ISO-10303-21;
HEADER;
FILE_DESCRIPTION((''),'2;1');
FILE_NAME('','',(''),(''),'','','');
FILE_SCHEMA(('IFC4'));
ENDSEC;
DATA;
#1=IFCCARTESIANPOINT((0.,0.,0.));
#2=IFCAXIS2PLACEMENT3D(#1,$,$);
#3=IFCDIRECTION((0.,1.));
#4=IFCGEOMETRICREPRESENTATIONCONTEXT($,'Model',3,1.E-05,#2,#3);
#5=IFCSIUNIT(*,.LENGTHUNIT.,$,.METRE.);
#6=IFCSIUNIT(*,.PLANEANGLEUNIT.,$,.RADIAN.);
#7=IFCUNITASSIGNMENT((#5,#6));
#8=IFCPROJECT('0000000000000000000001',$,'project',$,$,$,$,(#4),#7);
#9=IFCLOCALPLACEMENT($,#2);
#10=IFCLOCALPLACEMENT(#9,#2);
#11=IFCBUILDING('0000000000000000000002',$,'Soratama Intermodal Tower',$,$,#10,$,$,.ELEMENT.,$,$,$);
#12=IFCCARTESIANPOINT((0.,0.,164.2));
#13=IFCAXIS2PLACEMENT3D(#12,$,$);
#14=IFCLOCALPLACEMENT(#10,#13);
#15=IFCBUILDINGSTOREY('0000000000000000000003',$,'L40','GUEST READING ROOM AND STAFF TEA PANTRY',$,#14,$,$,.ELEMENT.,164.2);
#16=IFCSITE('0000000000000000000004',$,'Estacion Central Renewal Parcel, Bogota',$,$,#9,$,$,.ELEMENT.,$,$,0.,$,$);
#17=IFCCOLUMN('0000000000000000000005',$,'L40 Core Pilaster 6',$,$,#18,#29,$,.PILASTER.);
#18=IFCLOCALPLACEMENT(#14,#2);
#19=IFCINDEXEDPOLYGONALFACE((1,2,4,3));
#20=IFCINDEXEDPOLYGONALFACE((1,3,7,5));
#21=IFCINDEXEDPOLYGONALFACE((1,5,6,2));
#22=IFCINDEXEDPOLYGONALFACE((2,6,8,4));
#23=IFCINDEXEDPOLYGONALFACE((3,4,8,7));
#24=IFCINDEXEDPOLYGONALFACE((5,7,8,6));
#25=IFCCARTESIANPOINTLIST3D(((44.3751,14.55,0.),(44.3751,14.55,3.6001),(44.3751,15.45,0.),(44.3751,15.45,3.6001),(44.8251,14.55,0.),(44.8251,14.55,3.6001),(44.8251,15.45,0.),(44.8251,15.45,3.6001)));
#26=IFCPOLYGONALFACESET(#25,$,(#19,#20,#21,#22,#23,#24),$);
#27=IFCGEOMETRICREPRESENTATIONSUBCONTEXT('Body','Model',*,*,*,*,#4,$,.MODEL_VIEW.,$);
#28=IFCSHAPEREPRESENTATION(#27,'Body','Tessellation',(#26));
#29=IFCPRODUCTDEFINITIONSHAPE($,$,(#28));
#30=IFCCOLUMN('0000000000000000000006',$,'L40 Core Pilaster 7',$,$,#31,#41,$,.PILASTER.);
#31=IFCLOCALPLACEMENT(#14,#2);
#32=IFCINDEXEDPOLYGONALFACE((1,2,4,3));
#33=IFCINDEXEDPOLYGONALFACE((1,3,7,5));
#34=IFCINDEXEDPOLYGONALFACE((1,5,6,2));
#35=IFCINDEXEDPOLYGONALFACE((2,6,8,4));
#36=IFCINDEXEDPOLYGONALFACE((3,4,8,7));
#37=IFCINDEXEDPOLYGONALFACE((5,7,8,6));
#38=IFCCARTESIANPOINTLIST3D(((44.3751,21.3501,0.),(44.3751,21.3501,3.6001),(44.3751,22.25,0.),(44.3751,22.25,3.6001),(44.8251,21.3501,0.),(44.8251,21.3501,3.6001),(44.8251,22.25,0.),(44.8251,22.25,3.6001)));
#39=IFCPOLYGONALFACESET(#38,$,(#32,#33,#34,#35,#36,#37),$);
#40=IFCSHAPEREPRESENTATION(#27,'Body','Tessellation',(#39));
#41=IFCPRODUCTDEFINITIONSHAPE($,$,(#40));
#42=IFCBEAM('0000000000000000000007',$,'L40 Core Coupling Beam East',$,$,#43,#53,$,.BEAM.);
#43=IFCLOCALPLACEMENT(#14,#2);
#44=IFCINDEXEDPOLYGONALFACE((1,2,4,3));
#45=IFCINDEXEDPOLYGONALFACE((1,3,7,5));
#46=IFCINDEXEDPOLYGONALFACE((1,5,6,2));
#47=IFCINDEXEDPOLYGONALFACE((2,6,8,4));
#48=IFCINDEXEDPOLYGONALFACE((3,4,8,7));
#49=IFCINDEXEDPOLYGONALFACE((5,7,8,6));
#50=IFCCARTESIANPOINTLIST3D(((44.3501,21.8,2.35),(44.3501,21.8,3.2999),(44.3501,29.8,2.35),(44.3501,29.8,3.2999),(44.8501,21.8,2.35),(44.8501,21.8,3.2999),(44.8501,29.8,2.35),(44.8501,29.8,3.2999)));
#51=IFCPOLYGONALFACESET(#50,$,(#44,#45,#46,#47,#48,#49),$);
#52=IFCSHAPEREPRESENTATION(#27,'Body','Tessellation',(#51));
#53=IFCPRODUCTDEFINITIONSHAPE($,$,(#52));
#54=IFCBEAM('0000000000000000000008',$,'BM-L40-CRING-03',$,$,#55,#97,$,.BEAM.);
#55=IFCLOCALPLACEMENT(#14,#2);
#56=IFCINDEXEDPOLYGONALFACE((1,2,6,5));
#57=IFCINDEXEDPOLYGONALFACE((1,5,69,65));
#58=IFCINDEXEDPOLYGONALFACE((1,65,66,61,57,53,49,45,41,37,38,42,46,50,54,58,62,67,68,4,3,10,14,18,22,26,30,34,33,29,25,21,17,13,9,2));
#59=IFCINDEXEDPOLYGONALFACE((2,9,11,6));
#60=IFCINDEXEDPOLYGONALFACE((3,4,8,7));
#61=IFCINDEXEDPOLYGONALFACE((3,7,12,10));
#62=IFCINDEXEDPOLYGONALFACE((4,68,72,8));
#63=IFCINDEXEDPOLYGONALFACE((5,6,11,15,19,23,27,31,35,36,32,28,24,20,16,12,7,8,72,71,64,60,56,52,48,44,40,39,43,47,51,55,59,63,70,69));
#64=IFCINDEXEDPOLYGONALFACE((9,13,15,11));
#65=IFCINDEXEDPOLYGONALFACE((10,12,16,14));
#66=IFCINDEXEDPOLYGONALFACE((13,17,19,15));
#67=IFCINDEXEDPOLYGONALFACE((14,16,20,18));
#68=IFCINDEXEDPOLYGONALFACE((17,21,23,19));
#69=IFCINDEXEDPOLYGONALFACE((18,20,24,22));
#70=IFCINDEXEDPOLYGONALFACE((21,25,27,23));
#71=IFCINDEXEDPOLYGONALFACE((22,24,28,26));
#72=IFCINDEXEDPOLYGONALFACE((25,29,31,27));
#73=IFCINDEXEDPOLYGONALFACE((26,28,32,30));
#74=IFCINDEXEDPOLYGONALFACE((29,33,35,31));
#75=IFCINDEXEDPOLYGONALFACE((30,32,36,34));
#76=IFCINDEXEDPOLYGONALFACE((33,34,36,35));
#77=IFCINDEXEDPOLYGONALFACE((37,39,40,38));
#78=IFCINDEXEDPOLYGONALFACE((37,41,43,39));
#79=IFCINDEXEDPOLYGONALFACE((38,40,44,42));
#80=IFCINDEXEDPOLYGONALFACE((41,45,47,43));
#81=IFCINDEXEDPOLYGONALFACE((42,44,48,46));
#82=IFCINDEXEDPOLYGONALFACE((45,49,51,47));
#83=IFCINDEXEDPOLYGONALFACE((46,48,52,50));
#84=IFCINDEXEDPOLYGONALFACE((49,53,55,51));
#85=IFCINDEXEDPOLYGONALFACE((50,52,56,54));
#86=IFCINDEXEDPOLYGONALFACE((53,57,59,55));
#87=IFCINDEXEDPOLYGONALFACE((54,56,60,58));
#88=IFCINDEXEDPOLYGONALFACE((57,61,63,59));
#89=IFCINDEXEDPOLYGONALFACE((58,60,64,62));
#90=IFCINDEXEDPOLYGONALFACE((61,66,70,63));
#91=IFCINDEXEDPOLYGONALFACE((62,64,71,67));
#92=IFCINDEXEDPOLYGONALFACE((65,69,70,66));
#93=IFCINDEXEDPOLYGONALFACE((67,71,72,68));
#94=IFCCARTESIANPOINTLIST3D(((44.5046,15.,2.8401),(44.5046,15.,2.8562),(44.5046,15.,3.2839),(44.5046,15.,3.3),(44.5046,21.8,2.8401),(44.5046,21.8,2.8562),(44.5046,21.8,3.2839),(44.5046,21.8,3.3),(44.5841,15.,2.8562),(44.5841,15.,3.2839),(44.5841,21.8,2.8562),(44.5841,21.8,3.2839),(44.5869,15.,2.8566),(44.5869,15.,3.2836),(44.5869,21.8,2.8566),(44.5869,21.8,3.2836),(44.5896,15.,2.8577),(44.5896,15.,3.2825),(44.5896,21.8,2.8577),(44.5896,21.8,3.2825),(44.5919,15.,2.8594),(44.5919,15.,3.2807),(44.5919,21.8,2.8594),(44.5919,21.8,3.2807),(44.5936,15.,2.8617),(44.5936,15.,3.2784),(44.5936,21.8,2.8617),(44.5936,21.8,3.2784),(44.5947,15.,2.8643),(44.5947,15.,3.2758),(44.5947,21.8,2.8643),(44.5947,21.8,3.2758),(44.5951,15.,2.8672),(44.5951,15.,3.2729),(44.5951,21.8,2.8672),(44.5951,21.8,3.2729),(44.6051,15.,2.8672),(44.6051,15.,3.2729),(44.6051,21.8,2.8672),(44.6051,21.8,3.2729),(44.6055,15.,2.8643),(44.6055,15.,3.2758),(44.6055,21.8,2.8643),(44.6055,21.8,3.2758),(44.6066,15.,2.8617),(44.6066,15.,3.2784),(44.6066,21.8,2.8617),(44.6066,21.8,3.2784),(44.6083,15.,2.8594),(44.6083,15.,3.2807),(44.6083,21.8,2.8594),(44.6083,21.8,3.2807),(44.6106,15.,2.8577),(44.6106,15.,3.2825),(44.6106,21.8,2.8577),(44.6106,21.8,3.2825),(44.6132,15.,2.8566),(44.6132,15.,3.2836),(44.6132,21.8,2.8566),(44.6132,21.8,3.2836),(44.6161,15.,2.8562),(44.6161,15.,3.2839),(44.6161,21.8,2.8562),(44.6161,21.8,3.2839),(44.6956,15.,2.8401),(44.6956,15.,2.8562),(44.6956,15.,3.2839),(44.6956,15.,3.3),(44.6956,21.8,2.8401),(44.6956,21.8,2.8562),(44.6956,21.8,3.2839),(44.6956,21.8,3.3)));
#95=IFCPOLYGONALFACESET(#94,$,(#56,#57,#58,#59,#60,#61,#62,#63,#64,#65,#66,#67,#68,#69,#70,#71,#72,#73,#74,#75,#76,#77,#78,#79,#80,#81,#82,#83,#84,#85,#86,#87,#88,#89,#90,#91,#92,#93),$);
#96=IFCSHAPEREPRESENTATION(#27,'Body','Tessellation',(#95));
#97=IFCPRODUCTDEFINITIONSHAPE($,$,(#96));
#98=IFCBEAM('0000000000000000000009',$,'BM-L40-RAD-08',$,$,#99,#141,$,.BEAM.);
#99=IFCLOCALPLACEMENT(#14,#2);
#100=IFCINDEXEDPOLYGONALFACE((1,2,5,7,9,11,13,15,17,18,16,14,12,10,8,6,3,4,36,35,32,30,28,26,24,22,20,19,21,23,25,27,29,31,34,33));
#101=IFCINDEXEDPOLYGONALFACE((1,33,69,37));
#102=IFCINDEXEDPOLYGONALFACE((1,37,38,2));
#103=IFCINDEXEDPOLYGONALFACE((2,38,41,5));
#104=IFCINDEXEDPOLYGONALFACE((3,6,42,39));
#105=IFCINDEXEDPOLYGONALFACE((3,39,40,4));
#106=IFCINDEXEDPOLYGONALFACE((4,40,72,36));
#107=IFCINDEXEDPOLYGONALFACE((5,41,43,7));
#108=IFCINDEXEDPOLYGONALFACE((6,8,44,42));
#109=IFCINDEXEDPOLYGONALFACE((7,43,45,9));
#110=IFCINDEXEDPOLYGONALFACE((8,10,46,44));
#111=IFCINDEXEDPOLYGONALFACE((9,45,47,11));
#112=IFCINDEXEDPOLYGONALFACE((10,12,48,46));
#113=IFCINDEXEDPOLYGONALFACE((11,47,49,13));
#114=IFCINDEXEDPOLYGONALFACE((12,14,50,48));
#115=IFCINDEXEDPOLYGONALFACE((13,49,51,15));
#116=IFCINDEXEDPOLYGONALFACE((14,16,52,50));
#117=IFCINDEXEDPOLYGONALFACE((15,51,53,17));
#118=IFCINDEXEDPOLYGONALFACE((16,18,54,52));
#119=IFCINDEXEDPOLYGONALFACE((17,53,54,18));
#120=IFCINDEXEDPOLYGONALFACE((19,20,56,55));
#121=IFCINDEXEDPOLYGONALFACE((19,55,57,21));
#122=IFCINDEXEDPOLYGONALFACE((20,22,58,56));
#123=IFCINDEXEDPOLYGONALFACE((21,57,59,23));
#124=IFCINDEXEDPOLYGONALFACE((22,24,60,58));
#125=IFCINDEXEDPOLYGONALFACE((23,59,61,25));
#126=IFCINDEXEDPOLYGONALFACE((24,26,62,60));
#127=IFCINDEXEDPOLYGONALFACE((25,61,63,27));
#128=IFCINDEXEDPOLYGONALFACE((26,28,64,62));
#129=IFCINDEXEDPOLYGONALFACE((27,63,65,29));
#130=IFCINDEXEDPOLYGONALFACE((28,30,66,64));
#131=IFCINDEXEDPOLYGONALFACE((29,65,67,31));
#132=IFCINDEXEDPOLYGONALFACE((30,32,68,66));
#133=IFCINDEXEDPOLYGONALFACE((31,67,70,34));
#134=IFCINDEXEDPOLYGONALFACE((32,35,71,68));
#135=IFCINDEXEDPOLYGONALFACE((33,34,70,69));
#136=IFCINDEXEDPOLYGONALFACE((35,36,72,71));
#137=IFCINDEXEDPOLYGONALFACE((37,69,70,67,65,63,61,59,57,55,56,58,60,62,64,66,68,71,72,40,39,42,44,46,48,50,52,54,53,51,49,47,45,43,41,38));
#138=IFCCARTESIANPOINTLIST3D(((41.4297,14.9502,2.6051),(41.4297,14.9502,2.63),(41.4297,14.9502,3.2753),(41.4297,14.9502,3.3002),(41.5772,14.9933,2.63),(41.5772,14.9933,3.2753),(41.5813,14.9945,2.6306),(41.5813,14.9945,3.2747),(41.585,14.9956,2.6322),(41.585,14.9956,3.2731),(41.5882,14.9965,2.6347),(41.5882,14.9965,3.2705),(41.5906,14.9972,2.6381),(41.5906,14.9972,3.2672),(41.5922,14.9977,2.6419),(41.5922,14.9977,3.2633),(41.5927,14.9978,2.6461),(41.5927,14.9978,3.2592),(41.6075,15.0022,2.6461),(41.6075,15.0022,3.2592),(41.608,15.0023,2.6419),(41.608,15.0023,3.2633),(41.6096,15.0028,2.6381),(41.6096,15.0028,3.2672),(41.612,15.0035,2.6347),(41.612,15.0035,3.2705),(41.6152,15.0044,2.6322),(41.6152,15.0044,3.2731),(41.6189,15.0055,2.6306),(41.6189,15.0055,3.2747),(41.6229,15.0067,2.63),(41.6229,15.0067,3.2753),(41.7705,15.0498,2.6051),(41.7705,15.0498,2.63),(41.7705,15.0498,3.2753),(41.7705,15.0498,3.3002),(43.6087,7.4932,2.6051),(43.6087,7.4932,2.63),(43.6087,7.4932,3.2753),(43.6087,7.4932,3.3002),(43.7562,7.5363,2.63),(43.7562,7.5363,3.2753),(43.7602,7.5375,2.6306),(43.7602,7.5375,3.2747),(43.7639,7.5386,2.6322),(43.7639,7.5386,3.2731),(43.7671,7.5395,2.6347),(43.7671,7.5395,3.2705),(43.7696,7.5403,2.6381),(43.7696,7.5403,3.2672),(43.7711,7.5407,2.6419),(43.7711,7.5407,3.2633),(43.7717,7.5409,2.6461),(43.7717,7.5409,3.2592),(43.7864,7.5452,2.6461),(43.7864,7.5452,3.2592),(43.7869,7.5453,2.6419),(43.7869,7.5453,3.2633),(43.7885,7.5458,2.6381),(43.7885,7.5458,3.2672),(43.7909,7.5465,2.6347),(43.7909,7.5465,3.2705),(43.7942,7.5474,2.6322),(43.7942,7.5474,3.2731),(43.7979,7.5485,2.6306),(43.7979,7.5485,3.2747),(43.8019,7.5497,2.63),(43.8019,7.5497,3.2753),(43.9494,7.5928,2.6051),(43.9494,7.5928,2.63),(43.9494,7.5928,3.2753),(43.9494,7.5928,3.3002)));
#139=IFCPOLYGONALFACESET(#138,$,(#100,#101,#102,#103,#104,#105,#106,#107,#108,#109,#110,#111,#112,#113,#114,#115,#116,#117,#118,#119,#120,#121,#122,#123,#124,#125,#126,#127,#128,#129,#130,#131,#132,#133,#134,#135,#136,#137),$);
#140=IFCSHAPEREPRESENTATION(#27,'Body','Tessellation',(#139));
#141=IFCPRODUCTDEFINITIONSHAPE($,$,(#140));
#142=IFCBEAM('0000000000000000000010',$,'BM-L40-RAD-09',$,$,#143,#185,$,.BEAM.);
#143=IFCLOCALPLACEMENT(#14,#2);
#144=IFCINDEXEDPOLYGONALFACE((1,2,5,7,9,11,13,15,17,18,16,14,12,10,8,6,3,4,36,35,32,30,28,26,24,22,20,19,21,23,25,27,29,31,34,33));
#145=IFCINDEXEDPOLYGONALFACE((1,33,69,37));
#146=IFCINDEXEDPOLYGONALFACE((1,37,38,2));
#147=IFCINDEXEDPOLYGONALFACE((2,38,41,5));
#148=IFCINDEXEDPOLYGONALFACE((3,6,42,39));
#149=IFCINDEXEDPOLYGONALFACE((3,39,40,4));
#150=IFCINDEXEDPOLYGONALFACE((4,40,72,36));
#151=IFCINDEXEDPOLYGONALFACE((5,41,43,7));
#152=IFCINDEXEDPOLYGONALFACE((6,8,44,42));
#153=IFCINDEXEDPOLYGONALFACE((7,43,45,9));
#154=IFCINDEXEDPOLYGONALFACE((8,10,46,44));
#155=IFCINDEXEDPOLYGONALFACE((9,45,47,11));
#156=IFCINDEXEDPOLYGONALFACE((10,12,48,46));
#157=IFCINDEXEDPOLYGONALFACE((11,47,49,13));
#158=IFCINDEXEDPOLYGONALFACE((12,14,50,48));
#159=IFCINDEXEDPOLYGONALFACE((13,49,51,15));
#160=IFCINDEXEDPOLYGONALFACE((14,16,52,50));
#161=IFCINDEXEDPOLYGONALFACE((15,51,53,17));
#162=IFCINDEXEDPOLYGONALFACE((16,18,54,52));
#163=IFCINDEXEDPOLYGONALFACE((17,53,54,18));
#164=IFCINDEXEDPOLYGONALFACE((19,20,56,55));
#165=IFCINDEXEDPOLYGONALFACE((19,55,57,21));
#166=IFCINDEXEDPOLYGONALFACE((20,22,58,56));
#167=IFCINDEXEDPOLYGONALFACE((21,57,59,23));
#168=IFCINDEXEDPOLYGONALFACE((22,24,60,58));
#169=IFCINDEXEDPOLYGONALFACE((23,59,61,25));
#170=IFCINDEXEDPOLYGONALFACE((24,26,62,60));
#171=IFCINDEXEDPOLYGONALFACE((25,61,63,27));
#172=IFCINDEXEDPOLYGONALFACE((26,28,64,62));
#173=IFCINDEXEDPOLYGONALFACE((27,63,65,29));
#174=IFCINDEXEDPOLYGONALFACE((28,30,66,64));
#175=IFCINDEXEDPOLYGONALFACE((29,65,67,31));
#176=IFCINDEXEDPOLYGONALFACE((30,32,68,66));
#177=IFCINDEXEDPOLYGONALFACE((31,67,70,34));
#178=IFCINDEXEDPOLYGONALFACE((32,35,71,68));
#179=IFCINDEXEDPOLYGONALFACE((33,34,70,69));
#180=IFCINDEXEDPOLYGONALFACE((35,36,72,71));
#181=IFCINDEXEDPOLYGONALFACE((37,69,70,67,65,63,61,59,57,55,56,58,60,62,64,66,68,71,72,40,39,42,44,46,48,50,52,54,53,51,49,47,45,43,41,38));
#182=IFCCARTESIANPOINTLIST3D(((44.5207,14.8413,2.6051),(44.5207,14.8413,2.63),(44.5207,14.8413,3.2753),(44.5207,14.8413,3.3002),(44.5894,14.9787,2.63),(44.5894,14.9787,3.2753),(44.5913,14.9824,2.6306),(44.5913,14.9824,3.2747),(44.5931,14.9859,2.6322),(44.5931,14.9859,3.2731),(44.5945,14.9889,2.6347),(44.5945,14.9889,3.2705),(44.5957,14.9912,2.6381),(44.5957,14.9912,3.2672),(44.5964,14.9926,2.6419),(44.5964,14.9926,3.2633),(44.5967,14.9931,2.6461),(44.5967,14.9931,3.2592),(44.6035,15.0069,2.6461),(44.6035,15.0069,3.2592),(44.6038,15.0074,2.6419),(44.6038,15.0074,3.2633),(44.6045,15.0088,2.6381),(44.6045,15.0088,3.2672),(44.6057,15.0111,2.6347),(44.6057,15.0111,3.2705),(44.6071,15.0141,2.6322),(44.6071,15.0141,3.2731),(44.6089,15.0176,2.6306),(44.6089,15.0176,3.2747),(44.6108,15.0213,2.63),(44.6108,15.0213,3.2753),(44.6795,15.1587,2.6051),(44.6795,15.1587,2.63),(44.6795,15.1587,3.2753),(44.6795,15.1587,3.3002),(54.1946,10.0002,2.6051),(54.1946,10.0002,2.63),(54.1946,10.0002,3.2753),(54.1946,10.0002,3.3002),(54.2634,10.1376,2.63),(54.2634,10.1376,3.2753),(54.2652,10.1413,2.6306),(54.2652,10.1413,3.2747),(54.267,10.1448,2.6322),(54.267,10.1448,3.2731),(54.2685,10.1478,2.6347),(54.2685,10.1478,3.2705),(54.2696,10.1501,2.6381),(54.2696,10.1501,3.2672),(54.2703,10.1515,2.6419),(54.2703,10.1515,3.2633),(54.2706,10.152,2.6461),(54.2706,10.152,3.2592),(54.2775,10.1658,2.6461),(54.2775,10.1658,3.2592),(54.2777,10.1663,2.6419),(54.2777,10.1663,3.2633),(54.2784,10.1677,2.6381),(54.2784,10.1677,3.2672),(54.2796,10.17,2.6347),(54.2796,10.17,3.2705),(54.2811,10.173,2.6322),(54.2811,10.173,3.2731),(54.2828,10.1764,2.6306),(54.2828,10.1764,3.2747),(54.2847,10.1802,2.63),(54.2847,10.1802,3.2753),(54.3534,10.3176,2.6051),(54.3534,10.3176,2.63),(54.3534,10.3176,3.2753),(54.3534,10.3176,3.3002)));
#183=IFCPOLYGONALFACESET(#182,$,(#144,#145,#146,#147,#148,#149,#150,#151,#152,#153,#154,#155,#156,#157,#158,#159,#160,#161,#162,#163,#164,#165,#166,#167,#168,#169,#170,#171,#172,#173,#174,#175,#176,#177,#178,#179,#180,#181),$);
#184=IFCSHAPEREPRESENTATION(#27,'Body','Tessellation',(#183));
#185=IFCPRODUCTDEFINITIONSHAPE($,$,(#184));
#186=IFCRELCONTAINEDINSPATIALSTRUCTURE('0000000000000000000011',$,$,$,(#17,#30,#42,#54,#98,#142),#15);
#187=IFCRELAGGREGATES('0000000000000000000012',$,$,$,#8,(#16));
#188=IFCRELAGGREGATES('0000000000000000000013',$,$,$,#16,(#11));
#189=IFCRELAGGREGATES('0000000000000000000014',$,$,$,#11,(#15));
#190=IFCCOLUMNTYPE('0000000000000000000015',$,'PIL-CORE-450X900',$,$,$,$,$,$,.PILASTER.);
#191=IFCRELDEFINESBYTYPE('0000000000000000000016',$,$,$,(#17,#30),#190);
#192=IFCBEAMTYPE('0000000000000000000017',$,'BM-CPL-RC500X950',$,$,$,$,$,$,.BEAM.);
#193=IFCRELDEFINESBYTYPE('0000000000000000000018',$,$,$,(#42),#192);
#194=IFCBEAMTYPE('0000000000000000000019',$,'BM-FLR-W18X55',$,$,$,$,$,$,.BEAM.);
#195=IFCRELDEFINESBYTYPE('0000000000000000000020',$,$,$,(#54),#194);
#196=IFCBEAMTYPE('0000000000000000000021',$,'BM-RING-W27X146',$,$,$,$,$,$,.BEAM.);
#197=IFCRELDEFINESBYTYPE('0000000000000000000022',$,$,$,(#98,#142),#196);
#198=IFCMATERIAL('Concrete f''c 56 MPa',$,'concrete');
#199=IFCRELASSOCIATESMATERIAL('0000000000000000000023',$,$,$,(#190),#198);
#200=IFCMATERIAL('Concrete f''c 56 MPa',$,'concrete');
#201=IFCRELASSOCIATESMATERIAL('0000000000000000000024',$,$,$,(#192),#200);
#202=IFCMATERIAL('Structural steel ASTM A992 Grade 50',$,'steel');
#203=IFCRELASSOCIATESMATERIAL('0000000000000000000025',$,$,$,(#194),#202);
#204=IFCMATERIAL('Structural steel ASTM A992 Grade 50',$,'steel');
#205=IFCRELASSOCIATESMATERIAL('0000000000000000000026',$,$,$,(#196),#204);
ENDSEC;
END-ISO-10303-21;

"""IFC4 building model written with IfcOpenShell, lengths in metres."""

from ifc_helpers import new_model, si_unit, direction, frame, origin, origin_2d, place, context, subcontext, project, spatial, rectangle, i_section, extrude, material, material_profile, profile_set, type_object, element, save


model = new_model("IFC4")

# Units and contexts
model_context = context("Model", 3, precision=1e-05, world=origin(), true_north=direction((0.0, 1.0)))
body_context = subcontext(model_context, "Body", "Model", "MODEL_VIEW")
ifc_project = project(units=[si_unit("LENGTHUNIT", "METRE"), si_unit("PLANEANGLEUNIT", "RADIAN")], contexts=[model_context])

# Site, building, storey
site_placement = place(None, origin())
site = spatial("IfcSite", under=ifc_project, at=site_placement, Name="Estacion Central Renewal Parcel, Bogota", CompositionType="ELEMENT", RefElevation=0.0)
building_placement = place(site_placement, origin())
building = spatial("IfcBuilding", under=site, at=building_placement, Name="Soratama Intermodal Tower", CompositionType="ELEMENT")
storey_placement = place(building_placement, frame((0.0, 0.0, 164.2)))
storey = spatial("IfcBuildingStorey", under=building, at=storey_placement, Name="L40", Description="GUEST READING ROOM AND STAFF TEA PANTRY", CompositionType="ELEMENT", Elevation=164.2)

# Columns
ifc_material_1 = material(Name="Concrete f'c 56 MPa", Category="concrete")
ifc_material_profile_1 = material_profile(ifc_material_1, rectangle(XDim=0.45, YDim=0.8999, at=origin_2d()), Name="RC450X900")
ifc_profile_set_1 = profile_set([ifc_material_profile_1], Name="Concrete f'c 56 MPa")
column_type = type_object("IfcColumnType", Name="PIL-CORE-450X900", PredefinedType="PILASTER", material=ifc_profile_set_1)
for number, where, z_axis, x_axis, name in (
    (1, (44.6001, 15.0, 0.0), (0.0, 0.0, 1.0), (1.0, 0.0, 0.0), "L40 Core Pilaster 6"),
    (2, (44.6001, 21.8, 0.0), (0.0, 0.0, 1.0), (1.0, 0.0, 0.0), "L40 Core Pilaster 7"),
):
    element("IfcColumn", number, at=place(storey_placement, frame(where, z_axis=z_axis, x_axis=x_axis)), inside=storey, type_object=column_type, Name=name, PredefinedType="PILASTER", context=body_context, shape_type="SweptSolid", body=[
        extrude(rectangle(XDim=0.45, YDim=0.8999, at=origin_2d()), origin(), (0.0, 0.0, 1.0), 3.6001),
    ])

# Beams
ifc_material_2 = material(Name="Concrete f'c 56 MPa", Category="concrete")
ifc_material_profile_2 = material_profile(ifc_material_2, rectangle(XDim=0.5, YDim=0.95, at=origin_2d()), Name="RC500X950")
ifc_profile_set_2 = profile_set([ifc_material_profile_2], Name="Concrete f'c 56 MPa")
beam_type_1 = type_object("IfcBeamType", Name="BM-CPL-RC500X950", PredefinedType="BEAM", material=ifc_profile_set_2)
beam_1_placement = place(storey_placement, frame((44.6001, 21.8, 2.825), z_axis=(0.0, 1.0, 0.0), x_axis=(-1.0, 0.0, 0.0)))
element("IfcBeam", 3, at=beam_1_placement, inside=storey, type_object=beam_type_1, Name="L40 Core Coupling Beam East", PredefinedType="BEAM", context=body_context, shape_type="SweptSolid", body=[
    extrude(rectangle(XDim=0.5, YDim=0.95, at=origin_2d()), origin(), (0.0, 0.0, 1.0), 8.0),
])
ifc_material_3 = material(Name="Structural steel ASTM A992 Grade 50", Category="steel")
ifc_material_profile_3 = material_profile(ifc_material_3, i_section(OverallWidth=0.1909, OverallDepth=0.46, WebThickness=0.01, FlangeThickness=0.0161, FilletRadius=0.011, at=origin_2d()), Name="W18X55")
ifc_profile_set_3 = profile_set([ifc_material_profile_3], Name="Structural steel ASTM A992 Grade 50")
beam_type_2 = type_object("IfcBeamType", Name="BM-FLR-W18X55", PredefinedType="BEAM", material=ifc_profile_set_3)
beam_2_placement = place(storey_placement, frame((44.6001, 15.0, 3.0701), z_axis=(0.0, 1.0, 0.0), x_axis=(-1.0, 0.0, 0.0)))
element("IfcBeam", 4, at=beam_2_placement, inside=storey, type_object=beam_type_2, Name="BM-L40-CRING-03", PredefinedType="BEAM", context=body_context, shape_type="SweptSolid", body=[
    extrude(i_section(OverallWidth=0.1909, OverallDepth=0.46, WebThickness=0.01, FlangeThickness=0.0161, FilletRadius=0.011, at=origin_2d()), origin(), (0.0, 0.0, 1.0), 6.8),
])
ifc_material_4 = material(Name="Structural steel ASTM A992 Grade 50", Category="steel")
ifc_material_profile_4 = material_profile(ifc_material_4, i_section(OverallWidth=0.355, OverallDepth=0.6951, WebThickness=0.0154, FlangeThickness=0.0249, FilletRadius=0.0161, at=origin_2d()), Name="W27X146")
ifc_profile_set_4 = profile_set([ifc_material_profile_4], Name="Structural steel ASTM A992 Grade 50")
beam_type_3 = type_object("IfcBeamType", Name="BM-RING-W27X146", PredefinedType="BEAM", material=ifc_profile_set_4)
beam_3_placement = place(storey_placement, frame((41.6001, 15.0, 2.9526), z_axis=(0.280473, -0.959862, 0.0), x_axis=(0.959862, 0.280473, 0.0)))
element("IfcBeam", 5, at=beam_3_placement, inside=storey, type_object=beam_type_3, Name="BM-L40-RAD-08", PredefinedType="BEAM", context=body_context, shape_type="SweptSolid", body=[
    extrude(i_section(OverallWidth=0.355, OverallDepth=0.6951, WebThickness=0.0154, FlangeThickness=0.0249, FilletRadius=0.0161, at=origin_2d()), origin(), (0.0, 0.0, 1.0), 7.7688),
])
beam_4_placement = place(storey_placement, frame((44.6001, 15.0, 2.9526), z_axis=(0.894274, -0.447521, 0.0), x_axis=(0.447521, 0.894274, 0.0)))
element("IfcBeam", 6, at=beam_4_placement, inside=storey, type_object=beam_type_3, Name="BM-L40-RAD-09", PredefinedType="BEAM", context=body_context, shape_type="SweptSolid", body=[
    extrude(i_section(OverallWidth=0.355, OverallDepth=0.6951, WebThickness=0.0154, FlangeThickness=0.0249, FilletRadius=0.0161, at=origin_2d()), origin(), (0.0, 0.0, 1.0), 10.8176),
])

save(model, "model.ifc")
